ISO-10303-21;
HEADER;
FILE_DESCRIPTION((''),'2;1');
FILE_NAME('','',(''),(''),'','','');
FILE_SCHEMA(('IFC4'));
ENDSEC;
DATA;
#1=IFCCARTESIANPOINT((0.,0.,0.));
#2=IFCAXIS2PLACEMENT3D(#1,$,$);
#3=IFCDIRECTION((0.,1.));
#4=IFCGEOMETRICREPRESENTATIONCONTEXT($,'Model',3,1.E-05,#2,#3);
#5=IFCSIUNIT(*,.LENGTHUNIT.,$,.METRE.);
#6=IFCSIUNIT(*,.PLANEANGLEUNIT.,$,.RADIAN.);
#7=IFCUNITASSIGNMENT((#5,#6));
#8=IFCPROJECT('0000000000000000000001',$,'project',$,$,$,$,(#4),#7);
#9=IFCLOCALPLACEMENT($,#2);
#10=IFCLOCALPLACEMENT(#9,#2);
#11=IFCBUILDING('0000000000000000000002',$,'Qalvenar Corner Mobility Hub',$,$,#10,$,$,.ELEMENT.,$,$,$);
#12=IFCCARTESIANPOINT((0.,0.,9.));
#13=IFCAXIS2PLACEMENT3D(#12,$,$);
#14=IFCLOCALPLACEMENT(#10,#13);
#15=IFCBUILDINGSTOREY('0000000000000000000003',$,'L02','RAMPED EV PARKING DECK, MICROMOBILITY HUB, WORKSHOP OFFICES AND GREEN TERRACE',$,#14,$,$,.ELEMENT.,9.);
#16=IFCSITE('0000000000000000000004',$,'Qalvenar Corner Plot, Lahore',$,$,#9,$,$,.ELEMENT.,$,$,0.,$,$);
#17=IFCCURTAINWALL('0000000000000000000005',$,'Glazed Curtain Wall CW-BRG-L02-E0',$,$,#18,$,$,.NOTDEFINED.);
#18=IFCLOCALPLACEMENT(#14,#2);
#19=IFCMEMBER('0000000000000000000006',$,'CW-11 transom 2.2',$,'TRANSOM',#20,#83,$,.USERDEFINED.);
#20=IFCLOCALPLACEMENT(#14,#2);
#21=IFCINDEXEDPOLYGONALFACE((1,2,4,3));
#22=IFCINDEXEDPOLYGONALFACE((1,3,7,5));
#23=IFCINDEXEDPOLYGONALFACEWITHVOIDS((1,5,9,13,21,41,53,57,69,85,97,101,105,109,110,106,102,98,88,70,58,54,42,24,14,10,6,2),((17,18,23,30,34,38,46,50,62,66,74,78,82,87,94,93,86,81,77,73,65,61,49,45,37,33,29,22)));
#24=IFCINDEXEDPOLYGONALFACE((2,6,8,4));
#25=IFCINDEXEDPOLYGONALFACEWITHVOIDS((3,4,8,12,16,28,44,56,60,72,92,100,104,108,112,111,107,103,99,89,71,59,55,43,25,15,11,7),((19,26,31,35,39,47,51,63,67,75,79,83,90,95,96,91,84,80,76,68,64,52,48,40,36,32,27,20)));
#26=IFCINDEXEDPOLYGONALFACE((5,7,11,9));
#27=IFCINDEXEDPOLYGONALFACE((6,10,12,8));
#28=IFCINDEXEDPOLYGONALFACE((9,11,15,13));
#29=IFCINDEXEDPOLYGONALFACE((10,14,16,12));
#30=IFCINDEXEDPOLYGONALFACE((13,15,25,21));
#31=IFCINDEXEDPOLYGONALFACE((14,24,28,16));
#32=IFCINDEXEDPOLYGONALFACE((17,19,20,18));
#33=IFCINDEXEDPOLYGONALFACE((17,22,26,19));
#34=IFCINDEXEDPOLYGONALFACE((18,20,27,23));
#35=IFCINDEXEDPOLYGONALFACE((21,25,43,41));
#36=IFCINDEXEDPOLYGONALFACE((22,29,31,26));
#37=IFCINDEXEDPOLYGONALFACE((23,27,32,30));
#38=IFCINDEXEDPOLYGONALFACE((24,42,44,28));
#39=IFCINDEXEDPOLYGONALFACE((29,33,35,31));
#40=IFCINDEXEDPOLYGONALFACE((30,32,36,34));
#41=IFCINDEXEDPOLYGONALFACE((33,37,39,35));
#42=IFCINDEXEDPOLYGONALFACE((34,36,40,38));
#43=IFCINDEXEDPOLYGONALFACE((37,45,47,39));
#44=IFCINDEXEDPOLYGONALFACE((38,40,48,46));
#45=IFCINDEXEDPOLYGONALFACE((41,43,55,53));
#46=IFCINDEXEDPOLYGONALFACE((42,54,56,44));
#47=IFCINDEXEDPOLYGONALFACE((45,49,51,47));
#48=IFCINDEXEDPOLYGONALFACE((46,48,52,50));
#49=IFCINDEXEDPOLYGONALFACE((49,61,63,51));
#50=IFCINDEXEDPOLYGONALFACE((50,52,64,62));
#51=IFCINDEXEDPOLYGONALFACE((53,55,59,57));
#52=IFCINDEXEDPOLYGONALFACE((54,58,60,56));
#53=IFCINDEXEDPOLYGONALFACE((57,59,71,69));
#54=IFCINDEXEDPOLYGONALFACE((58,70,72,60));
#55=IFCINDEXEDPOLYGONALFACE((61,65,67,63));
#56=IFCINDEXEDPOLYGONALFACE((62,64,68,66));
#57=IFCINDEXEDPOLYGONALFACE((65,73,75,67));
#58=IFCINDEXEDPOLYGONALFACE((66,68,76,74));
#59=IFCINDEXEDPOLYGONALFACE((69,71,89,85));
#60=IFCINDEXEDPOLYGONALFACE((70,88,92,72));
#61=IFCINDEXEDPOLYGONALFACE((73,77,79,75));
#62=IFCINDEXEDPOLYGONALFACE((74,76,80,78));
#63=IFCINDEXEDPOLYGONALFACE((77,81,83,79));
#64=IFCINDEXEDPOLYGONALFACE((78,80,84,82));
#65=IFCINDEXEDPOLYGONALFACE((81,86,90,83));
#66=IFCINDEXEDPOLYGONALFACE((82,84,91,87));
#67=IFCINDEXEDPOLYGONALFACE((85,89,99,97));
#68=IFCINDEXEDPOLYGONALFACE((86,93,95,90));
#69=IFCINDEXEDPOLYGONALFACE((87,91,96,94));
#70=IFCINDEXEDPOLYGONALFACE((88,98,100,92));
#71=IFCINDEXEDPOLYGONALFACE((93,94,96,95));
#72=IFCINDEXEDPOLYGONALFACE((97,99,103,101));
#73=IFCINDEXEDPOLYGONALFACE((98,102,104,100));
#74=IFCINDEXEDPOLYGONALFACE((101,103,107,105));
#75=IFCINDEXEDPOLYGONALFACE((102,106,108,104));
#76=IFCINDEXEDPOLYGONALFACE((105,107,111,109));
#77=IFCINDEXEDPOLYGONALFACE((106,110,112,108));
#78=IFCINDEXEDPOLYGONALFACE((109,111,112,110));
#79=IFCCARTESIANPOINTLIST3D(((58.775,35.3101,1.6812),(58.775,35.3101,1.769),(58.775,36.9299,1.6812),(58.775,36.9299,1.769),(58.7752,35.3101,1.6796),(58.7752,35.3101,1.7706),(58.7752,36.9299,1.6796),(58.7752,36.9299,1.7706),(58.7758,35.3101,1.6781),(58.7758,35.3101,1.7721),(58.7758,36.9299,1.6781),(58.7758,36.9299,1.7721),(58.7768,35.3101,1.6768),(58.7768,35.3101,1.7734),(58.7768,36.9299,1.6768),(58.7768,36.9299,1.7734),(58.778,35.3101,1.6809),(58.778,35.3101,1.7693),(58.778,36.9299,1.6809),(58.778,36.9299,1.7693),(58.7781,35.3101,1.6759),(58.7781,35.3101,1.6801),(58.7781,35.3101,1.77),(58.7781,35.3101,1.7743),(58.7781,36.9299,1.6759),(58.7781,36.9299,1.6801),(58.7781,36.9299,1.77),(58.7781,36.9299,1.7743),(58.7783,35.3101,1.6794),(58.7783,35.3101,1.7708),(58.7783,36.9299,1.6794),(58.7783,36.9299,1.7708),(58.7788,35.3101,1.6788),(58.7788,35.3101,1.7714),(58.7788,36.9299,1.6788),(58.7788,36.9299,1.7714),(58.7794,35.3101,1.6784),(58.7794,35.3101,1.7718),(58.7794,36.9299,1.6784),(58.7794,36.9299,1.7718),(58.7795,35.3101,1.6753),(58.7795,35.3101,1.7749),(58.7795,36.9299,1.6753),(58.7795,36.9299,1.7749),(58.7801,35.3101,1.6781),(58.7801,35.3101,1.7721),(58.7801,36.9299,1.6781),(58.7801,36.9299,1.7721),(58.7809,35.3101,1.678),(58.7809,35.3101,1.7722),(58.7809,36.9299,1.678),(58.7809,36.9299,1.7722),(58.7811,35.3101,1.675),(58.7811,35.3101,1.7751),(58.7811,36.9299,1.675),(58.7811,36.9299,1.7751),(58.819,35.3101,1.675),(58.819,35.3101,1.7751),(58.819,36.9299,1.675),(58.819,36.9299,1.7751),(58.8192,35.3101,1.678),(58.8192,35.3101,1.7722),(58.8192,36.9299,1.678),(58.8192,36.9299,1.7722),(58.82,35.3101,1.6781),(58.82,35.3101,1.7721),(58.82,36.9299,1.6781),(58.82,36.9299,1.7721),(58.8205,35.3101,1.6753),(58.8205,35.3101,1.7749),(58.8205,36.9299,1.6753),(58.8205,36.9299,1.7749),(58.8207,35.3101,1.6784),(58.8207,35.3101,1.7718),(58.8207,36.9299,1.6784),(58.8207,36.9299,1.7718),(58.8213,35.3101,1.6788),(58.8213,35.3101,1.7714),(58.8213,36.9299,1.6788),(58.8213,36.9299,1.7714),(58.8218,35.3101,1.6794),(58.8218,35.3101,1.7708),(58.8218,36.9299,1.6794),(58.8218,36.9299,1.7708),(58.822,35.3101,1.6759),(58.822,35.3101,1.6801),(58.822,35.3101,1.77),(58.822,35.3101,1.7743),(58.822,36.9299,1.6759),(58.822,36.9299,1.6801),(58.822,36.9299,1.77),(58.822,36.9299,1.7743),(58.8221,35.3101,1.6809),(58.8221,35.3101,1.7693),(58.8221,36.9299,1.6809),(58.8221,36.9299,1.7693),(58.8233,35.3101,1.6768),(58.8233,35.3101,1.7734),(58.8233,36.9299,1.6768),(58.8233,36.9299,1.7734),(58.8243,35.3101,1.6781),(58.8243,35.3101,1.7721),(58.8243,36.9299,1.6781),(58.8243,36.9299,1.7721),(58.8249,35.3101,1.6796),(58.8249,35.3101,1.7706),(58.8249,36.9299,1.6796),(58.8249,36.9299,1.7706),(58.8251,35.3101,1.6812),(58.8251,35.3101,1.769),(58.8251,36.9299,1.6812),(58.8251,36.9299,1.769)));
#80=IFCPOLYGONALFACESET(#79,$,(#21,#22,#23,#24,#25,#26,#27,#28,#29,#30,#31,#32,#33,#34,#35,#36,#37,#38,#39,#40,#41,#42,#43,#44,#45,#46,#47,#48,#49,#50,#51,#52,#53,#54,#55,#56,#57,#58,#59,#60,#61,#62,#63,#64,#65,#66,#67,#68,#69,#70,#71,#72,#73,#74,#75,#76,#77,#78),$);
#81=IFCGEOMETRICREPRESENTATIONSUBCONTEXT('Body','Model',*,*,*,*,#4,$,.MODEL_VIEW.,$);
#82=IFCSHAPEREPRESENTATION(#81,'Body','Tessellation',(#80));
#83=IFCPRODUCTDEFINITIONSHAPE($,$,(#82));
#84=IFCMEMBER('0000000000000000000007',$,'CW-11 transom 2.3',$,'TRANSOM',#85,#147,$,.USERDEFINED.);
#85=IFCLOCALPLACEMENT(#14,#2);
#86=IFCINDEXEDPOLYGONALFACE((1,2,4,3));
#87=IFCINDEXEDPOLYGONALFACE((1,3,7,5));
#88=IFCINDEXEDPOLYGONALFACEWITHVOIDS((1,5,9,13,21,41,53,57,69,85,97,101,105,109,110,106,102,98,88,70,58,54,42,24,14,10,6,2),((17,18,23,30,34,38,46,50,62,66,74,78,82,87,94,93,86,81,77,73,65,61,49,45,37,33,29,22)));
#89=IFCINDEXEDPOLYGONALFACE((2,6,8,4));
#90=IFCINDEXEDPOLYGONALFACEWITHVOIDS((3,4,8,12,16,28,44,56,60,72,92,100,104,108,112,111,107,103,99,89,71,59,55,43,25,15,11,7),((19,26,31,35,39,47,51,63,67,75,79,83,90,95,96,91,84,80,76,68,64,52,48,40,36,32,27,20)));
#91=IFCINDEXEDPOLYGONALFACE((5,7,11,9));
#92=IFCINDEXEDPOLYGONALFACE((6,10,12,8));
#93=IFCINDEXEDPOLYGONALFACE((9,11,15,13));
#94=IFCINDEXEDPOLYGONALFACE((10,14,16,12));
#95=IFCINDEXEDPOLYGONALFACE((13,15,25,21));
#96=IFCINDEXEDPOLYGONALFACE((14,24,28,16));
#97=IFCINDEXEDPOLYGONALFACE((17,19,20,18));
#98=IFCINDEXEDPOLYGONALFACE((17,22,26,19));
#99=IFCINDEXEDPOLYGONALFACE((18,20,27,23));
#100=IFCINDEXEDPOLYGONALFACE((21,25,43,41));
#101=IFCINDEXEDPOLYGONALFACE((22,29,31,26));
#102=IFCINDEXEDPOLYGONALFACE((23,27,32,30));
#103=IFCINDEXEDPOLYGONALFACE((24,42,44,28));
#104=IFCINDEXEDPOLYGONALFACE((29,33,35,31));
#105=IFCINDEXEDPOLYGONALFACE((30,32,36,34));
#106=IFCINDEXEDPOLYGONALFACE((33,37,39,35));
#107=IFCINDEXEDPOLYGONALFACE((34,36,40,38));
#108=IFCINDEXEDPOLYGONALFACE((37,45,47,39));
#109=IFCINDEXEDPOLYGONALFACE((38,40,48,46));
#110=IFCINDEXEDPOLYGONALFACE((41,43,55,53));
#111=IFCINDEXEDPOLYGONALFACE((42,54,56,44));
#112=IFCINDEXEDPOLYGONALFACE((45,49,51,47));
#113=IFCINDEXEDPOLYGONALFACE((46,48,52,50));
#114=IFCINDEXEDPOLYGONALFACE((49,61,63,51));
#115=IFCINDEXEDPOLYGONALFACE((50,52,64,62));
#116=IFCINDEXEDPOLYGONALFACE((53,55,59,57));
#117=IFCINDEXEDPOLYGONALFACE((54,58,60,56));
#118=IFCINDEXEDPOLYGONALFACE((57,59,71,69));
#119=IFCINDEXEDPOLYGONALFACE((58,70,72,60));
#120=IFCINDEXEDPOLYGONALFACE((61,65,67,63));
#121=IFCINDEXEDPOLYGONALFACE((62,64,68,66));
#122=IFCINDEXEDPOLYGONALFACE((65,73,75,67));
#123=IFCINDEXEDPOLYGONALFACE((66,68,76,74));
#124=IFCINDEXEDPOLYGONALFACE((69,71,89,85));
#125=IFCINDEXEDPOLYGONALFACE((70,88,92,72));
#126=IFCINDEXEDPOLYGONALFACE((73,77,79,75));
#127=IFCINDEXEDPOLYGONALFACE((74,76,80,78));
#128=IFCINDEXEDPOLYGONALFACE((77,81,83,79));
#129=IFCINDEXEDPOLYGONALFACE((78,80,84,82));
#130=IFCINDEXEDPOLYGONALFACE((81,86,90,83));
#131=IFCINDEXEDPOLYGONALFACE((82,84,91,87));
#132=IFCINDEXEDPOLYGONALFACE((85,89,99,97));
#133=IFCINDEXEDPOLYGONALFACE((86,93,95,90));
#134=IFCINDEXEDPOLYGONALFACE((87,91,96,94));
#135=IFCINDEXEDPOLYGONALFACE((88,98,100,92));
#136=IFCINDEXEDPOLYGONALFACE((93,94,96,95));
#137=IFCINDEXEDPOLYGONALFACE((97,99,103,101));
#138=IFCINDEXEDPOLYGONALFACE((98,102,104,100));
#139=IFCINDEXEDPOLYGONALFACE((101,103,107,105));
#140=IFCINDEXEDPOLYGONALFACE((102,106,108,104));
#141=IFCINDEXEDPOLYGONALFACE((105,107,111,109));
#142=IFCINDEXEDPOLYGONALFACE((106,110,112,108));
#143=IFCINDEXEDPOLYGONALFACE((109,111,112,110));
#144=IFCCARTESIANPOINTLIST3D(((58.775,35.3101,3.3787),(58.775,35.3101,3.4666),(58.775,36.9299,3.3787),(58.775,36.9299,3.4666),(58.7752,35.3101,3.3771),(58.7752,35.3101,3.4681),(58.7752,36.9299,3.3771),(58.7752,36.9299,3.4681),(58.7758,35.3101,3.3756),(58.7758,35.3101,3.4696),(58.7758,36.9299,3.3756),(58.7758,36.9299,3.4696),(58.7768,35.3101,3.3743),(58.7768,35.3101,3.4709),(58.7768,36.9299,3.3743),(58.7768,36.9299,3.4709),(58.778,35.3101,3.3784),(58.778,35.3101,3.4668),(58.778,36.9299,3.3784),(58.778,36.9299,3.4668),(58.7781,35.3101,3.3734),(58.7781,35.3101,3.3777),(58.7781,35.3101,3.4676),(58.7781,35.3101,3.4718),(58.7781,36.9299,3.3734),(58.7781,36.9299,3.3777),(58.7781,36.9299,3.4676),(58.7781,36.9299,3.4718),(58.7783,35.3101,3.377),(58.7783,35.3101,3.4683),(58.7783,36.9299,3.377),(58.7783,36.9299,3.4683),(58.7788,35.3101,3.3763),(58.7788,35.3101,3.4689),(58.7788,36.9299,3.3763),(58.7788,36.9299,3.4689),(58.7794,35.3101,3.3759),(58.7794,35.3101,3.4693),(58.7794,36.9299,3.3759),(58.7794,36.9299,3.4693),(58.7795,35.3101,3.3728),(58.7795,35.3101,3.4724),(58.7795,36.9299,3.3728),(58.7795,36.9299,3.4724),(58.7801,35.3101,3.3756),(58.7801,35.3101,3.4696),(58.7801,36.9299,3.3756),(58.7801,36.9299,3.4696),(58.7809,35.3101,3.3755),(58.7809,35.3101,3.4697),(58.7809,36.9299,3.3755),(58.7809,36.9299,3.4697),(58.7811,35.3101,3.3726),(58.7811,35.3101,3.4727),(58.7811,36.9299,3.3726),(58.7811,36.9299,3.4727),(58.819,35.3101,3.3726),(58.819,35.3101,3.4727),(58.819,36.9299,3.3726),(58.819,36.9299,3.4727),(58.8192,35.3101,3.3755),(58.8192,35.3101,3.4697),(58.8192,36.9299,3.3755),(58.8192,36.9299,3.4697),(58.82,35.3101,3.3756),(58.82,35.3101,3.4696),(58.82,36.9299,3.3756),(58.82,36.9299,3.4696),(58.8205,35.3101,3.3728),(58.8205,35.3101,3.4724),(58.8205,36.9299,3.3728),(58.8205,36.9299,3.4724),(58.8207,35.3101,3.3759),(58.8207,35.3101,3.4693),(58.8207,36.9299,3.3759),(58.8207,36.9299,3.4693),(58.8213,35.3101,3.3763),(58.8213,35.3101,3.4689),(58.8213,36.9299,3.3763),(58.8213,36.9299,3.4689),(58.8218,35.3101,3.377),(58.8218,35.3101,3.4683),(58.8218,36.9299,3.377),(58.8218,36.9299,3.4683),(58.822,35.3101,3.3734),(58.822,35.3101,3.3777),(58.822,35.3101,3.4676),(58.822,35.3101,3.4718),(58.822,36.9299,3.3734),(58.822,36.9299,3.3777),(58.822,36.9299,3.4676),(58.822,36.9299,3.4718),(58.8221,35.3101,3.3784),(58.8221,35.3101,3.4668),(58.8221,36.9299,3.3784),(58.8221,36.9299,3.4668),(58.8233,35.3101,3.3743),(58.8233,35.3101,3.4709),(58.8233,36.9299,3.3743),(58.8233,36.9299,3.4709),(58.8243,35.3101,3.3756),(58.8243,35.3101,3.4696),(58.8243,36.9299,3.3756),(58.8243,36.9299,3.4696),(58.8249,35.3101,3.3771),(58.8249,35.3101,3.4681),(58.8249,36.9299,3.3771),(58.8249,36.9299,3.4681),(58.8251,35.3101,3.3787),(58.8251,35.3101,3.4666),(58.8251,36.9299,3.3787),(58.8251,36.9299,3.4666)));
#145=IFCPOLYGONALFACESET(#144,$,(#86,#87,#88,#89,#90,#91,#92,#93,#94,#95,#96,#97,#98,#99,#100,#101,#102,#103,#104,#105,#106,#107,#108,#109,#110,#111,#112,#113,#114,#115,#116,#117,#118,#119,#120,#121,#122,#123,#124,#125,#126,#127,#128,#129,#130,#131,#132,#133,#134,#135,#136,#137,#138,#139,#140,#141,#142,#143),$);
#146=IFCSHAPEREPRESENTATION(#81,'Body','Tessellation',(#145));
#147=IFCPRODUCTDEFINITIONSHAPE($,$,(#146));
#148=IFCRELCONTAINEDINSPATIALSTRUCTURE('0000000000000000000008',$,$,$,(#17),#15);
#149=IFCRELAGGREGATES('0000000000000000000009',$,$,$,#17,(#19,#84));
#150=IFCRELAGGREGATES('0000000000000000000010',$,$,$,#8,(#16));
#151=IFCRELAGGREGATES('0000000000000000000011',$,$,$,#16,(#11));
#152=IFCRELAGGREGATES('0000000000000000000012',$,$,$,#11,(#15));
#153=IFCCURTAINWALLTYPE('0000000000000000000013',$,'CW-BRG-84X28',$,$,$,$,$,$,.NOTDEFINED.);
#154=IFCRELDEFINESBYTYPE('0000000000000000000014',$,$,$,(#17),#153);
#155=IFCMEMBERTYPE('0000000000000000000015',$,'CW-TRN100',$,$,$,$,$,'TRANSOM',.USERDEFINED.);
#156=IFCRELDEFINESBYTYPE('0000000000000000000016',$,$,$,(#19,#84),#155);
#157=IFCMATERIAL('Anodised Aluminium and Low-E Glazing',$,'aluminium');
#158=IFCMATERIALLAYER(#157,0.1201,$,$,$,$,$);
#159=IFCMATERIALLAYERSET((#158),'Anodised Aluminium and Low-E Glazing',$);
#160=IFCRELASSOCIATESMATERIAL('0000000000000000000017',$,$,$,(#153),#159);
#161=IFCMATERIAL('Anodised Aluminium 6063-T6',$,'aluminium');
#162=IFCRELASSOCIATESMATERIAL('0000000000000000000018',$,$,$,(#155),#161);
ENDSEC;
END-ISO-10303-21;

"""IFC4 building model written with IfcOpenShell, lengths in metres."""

from ifc_helpers import new_model, si_unit, direction, frame, origin, origin_2d, place, context, subcontext, project, spatial, hollow_rectangle, extrude, material, layer, layer_set, material_profile, profile_set, type_object, element, aggregate, save


model = new_model("IFC4")

# Units and contexts
model_context = context("Model", 3, precision=1e-05, world=origin(), true_north=direction((0.0, 1.0)))
body_context = subcontext(model_context, "Body", "Model", "MODEL_VIEW")
ifc_project = project(units=[si_unit("LENGTHUNIT", "METRE"), si_unit("PLANEANGLEUNIT", "RADIAN")], contexts=[model_context])

# Site, building, storey
site_placement = place(None, origin())
site = spatial("IfcSite", under=ifc_project, at=site_placement, Name="Qalvenar Corner Plot, Lahore", CompositionType="ELEMENT", RefElevation=0.0)
building_placement = place(site_placement, origin())
building = spatial("IfcBuilding", under=site, at=building_placement, Name="Qalvenar Corner Mobility Hub", CompositionType="ELEMENT")
storey_placement = place(building_placement, frame((0.0, 0.0, 9.0)))
storey = spatial("IfcBuildingStorey", under=building, at=storey_placement, Name="L02", Description="RAMPED EV PARKING DECK, MICROMOBILITY HUB, WORKSHOP OFFICES AND GREEN TERRACE", CompositionType="ELEMENT", Elevation=9.0)

# Curtain wall, members
ifc_material_1 = material(Name="Anodised Aluminium and Low-E Glazing", Category="aluminium")
ifc_layer_1 = layer(ifc_material_1, 0.1201)
ifc_layer_set_1 = layer_set([ifc_layer_1], Name="Anodised Aluminium and Low-E Glazing")
curtain_wall_type = type_object("IfcCurtainWallType", Name="CW-BRG-84X28", PredefinedType="NOTDEFINED", material=ifc_layer_set_1)
curtain_wall_placement = place(storey_placement, origin())
curtain_wall = element("IfcCurtainWall", 1, at=curtain_wall_placement, inside=storey, type_object=curtain_wall_type, Name="Glazed Curtain Wall CW-BRG-L02-E0", PredefinedType="NOTDEFINED")
ifc_material_2 = material(Name="Anodised Aluminium 6063-T6", Category="aluminium")
ifc_material_profile_1 = material_profile(ifc_material_2, hollow_rectangle(XDim=0.05, YDim=0.1001, WallThickness=0.0029, InnerFilletRadius=0.0029, OuterFilletRadius=0.0061, at=origin_2d()), Name="RHS100x50x3")
ifc_profile_set_1 = profile_set([ifc_material_profile_1], Name="Anodised Aluminium 6063-T6")
member_type_1 = type_object("IfcMemberType", Name="CW-TRN100", ElementType="TRANSOM", PredefinedType="USERDEFINED", material=ifc_profile_set_1)
member_1_placement = place(storey_placement, frame((58.8, 35.3101, 1.7251), z_axis=(0.0, 1.0, 0.0), x_axis=(-1.0, 0.0, 0.0)))
member_1 = element("IfcMember", 2, at=member_1_placement, type_object=member_type_1, Name="CW-11 transom 2.2", ObjectType="TRANSOM", PredefinedType="USERDEFINED", context=body_context, shape_type="SweptSolid", body=[
    extrude(hollow_rectangle(XDim=0.05, YDim=0.1001, WallThickness=0.0029, InnerFilletRadius=0.0029, OuterFilletRadius=0.0061, at=origin_2d()), origin(), (0.0, 0.0, 1.0), 1.6199),
])
member_2_placement = place(storey_placement, frame((58.8, 35.3101, 3.4226), z_axis=(0.0, 1.0, 0.0), x_axis=(-1.0, 0.0, 0.0)))
member_2 = element("IfcMember", 3, at=member_2_placement, type_object=member_type_1, Name="CW-11 transom 2.3", ObjectType="TRANSOM", PredefinedType="USERDEFINED", context=body_context, shape_type="SweptSolid", body=[
    extrude(hollow_rectangle(XDim=0.05, YDim=0.1001, WallThickness=0.0029, InnerFilletRadius=0.0029, OuterFilletRadius=0.0061, at=origin_2d()), origin(), (0.0, 0.0, 1.0), 1.6199),
])
aggregate(curtain_wall, [member_1, member_2])

save(model, "model.ifc")
